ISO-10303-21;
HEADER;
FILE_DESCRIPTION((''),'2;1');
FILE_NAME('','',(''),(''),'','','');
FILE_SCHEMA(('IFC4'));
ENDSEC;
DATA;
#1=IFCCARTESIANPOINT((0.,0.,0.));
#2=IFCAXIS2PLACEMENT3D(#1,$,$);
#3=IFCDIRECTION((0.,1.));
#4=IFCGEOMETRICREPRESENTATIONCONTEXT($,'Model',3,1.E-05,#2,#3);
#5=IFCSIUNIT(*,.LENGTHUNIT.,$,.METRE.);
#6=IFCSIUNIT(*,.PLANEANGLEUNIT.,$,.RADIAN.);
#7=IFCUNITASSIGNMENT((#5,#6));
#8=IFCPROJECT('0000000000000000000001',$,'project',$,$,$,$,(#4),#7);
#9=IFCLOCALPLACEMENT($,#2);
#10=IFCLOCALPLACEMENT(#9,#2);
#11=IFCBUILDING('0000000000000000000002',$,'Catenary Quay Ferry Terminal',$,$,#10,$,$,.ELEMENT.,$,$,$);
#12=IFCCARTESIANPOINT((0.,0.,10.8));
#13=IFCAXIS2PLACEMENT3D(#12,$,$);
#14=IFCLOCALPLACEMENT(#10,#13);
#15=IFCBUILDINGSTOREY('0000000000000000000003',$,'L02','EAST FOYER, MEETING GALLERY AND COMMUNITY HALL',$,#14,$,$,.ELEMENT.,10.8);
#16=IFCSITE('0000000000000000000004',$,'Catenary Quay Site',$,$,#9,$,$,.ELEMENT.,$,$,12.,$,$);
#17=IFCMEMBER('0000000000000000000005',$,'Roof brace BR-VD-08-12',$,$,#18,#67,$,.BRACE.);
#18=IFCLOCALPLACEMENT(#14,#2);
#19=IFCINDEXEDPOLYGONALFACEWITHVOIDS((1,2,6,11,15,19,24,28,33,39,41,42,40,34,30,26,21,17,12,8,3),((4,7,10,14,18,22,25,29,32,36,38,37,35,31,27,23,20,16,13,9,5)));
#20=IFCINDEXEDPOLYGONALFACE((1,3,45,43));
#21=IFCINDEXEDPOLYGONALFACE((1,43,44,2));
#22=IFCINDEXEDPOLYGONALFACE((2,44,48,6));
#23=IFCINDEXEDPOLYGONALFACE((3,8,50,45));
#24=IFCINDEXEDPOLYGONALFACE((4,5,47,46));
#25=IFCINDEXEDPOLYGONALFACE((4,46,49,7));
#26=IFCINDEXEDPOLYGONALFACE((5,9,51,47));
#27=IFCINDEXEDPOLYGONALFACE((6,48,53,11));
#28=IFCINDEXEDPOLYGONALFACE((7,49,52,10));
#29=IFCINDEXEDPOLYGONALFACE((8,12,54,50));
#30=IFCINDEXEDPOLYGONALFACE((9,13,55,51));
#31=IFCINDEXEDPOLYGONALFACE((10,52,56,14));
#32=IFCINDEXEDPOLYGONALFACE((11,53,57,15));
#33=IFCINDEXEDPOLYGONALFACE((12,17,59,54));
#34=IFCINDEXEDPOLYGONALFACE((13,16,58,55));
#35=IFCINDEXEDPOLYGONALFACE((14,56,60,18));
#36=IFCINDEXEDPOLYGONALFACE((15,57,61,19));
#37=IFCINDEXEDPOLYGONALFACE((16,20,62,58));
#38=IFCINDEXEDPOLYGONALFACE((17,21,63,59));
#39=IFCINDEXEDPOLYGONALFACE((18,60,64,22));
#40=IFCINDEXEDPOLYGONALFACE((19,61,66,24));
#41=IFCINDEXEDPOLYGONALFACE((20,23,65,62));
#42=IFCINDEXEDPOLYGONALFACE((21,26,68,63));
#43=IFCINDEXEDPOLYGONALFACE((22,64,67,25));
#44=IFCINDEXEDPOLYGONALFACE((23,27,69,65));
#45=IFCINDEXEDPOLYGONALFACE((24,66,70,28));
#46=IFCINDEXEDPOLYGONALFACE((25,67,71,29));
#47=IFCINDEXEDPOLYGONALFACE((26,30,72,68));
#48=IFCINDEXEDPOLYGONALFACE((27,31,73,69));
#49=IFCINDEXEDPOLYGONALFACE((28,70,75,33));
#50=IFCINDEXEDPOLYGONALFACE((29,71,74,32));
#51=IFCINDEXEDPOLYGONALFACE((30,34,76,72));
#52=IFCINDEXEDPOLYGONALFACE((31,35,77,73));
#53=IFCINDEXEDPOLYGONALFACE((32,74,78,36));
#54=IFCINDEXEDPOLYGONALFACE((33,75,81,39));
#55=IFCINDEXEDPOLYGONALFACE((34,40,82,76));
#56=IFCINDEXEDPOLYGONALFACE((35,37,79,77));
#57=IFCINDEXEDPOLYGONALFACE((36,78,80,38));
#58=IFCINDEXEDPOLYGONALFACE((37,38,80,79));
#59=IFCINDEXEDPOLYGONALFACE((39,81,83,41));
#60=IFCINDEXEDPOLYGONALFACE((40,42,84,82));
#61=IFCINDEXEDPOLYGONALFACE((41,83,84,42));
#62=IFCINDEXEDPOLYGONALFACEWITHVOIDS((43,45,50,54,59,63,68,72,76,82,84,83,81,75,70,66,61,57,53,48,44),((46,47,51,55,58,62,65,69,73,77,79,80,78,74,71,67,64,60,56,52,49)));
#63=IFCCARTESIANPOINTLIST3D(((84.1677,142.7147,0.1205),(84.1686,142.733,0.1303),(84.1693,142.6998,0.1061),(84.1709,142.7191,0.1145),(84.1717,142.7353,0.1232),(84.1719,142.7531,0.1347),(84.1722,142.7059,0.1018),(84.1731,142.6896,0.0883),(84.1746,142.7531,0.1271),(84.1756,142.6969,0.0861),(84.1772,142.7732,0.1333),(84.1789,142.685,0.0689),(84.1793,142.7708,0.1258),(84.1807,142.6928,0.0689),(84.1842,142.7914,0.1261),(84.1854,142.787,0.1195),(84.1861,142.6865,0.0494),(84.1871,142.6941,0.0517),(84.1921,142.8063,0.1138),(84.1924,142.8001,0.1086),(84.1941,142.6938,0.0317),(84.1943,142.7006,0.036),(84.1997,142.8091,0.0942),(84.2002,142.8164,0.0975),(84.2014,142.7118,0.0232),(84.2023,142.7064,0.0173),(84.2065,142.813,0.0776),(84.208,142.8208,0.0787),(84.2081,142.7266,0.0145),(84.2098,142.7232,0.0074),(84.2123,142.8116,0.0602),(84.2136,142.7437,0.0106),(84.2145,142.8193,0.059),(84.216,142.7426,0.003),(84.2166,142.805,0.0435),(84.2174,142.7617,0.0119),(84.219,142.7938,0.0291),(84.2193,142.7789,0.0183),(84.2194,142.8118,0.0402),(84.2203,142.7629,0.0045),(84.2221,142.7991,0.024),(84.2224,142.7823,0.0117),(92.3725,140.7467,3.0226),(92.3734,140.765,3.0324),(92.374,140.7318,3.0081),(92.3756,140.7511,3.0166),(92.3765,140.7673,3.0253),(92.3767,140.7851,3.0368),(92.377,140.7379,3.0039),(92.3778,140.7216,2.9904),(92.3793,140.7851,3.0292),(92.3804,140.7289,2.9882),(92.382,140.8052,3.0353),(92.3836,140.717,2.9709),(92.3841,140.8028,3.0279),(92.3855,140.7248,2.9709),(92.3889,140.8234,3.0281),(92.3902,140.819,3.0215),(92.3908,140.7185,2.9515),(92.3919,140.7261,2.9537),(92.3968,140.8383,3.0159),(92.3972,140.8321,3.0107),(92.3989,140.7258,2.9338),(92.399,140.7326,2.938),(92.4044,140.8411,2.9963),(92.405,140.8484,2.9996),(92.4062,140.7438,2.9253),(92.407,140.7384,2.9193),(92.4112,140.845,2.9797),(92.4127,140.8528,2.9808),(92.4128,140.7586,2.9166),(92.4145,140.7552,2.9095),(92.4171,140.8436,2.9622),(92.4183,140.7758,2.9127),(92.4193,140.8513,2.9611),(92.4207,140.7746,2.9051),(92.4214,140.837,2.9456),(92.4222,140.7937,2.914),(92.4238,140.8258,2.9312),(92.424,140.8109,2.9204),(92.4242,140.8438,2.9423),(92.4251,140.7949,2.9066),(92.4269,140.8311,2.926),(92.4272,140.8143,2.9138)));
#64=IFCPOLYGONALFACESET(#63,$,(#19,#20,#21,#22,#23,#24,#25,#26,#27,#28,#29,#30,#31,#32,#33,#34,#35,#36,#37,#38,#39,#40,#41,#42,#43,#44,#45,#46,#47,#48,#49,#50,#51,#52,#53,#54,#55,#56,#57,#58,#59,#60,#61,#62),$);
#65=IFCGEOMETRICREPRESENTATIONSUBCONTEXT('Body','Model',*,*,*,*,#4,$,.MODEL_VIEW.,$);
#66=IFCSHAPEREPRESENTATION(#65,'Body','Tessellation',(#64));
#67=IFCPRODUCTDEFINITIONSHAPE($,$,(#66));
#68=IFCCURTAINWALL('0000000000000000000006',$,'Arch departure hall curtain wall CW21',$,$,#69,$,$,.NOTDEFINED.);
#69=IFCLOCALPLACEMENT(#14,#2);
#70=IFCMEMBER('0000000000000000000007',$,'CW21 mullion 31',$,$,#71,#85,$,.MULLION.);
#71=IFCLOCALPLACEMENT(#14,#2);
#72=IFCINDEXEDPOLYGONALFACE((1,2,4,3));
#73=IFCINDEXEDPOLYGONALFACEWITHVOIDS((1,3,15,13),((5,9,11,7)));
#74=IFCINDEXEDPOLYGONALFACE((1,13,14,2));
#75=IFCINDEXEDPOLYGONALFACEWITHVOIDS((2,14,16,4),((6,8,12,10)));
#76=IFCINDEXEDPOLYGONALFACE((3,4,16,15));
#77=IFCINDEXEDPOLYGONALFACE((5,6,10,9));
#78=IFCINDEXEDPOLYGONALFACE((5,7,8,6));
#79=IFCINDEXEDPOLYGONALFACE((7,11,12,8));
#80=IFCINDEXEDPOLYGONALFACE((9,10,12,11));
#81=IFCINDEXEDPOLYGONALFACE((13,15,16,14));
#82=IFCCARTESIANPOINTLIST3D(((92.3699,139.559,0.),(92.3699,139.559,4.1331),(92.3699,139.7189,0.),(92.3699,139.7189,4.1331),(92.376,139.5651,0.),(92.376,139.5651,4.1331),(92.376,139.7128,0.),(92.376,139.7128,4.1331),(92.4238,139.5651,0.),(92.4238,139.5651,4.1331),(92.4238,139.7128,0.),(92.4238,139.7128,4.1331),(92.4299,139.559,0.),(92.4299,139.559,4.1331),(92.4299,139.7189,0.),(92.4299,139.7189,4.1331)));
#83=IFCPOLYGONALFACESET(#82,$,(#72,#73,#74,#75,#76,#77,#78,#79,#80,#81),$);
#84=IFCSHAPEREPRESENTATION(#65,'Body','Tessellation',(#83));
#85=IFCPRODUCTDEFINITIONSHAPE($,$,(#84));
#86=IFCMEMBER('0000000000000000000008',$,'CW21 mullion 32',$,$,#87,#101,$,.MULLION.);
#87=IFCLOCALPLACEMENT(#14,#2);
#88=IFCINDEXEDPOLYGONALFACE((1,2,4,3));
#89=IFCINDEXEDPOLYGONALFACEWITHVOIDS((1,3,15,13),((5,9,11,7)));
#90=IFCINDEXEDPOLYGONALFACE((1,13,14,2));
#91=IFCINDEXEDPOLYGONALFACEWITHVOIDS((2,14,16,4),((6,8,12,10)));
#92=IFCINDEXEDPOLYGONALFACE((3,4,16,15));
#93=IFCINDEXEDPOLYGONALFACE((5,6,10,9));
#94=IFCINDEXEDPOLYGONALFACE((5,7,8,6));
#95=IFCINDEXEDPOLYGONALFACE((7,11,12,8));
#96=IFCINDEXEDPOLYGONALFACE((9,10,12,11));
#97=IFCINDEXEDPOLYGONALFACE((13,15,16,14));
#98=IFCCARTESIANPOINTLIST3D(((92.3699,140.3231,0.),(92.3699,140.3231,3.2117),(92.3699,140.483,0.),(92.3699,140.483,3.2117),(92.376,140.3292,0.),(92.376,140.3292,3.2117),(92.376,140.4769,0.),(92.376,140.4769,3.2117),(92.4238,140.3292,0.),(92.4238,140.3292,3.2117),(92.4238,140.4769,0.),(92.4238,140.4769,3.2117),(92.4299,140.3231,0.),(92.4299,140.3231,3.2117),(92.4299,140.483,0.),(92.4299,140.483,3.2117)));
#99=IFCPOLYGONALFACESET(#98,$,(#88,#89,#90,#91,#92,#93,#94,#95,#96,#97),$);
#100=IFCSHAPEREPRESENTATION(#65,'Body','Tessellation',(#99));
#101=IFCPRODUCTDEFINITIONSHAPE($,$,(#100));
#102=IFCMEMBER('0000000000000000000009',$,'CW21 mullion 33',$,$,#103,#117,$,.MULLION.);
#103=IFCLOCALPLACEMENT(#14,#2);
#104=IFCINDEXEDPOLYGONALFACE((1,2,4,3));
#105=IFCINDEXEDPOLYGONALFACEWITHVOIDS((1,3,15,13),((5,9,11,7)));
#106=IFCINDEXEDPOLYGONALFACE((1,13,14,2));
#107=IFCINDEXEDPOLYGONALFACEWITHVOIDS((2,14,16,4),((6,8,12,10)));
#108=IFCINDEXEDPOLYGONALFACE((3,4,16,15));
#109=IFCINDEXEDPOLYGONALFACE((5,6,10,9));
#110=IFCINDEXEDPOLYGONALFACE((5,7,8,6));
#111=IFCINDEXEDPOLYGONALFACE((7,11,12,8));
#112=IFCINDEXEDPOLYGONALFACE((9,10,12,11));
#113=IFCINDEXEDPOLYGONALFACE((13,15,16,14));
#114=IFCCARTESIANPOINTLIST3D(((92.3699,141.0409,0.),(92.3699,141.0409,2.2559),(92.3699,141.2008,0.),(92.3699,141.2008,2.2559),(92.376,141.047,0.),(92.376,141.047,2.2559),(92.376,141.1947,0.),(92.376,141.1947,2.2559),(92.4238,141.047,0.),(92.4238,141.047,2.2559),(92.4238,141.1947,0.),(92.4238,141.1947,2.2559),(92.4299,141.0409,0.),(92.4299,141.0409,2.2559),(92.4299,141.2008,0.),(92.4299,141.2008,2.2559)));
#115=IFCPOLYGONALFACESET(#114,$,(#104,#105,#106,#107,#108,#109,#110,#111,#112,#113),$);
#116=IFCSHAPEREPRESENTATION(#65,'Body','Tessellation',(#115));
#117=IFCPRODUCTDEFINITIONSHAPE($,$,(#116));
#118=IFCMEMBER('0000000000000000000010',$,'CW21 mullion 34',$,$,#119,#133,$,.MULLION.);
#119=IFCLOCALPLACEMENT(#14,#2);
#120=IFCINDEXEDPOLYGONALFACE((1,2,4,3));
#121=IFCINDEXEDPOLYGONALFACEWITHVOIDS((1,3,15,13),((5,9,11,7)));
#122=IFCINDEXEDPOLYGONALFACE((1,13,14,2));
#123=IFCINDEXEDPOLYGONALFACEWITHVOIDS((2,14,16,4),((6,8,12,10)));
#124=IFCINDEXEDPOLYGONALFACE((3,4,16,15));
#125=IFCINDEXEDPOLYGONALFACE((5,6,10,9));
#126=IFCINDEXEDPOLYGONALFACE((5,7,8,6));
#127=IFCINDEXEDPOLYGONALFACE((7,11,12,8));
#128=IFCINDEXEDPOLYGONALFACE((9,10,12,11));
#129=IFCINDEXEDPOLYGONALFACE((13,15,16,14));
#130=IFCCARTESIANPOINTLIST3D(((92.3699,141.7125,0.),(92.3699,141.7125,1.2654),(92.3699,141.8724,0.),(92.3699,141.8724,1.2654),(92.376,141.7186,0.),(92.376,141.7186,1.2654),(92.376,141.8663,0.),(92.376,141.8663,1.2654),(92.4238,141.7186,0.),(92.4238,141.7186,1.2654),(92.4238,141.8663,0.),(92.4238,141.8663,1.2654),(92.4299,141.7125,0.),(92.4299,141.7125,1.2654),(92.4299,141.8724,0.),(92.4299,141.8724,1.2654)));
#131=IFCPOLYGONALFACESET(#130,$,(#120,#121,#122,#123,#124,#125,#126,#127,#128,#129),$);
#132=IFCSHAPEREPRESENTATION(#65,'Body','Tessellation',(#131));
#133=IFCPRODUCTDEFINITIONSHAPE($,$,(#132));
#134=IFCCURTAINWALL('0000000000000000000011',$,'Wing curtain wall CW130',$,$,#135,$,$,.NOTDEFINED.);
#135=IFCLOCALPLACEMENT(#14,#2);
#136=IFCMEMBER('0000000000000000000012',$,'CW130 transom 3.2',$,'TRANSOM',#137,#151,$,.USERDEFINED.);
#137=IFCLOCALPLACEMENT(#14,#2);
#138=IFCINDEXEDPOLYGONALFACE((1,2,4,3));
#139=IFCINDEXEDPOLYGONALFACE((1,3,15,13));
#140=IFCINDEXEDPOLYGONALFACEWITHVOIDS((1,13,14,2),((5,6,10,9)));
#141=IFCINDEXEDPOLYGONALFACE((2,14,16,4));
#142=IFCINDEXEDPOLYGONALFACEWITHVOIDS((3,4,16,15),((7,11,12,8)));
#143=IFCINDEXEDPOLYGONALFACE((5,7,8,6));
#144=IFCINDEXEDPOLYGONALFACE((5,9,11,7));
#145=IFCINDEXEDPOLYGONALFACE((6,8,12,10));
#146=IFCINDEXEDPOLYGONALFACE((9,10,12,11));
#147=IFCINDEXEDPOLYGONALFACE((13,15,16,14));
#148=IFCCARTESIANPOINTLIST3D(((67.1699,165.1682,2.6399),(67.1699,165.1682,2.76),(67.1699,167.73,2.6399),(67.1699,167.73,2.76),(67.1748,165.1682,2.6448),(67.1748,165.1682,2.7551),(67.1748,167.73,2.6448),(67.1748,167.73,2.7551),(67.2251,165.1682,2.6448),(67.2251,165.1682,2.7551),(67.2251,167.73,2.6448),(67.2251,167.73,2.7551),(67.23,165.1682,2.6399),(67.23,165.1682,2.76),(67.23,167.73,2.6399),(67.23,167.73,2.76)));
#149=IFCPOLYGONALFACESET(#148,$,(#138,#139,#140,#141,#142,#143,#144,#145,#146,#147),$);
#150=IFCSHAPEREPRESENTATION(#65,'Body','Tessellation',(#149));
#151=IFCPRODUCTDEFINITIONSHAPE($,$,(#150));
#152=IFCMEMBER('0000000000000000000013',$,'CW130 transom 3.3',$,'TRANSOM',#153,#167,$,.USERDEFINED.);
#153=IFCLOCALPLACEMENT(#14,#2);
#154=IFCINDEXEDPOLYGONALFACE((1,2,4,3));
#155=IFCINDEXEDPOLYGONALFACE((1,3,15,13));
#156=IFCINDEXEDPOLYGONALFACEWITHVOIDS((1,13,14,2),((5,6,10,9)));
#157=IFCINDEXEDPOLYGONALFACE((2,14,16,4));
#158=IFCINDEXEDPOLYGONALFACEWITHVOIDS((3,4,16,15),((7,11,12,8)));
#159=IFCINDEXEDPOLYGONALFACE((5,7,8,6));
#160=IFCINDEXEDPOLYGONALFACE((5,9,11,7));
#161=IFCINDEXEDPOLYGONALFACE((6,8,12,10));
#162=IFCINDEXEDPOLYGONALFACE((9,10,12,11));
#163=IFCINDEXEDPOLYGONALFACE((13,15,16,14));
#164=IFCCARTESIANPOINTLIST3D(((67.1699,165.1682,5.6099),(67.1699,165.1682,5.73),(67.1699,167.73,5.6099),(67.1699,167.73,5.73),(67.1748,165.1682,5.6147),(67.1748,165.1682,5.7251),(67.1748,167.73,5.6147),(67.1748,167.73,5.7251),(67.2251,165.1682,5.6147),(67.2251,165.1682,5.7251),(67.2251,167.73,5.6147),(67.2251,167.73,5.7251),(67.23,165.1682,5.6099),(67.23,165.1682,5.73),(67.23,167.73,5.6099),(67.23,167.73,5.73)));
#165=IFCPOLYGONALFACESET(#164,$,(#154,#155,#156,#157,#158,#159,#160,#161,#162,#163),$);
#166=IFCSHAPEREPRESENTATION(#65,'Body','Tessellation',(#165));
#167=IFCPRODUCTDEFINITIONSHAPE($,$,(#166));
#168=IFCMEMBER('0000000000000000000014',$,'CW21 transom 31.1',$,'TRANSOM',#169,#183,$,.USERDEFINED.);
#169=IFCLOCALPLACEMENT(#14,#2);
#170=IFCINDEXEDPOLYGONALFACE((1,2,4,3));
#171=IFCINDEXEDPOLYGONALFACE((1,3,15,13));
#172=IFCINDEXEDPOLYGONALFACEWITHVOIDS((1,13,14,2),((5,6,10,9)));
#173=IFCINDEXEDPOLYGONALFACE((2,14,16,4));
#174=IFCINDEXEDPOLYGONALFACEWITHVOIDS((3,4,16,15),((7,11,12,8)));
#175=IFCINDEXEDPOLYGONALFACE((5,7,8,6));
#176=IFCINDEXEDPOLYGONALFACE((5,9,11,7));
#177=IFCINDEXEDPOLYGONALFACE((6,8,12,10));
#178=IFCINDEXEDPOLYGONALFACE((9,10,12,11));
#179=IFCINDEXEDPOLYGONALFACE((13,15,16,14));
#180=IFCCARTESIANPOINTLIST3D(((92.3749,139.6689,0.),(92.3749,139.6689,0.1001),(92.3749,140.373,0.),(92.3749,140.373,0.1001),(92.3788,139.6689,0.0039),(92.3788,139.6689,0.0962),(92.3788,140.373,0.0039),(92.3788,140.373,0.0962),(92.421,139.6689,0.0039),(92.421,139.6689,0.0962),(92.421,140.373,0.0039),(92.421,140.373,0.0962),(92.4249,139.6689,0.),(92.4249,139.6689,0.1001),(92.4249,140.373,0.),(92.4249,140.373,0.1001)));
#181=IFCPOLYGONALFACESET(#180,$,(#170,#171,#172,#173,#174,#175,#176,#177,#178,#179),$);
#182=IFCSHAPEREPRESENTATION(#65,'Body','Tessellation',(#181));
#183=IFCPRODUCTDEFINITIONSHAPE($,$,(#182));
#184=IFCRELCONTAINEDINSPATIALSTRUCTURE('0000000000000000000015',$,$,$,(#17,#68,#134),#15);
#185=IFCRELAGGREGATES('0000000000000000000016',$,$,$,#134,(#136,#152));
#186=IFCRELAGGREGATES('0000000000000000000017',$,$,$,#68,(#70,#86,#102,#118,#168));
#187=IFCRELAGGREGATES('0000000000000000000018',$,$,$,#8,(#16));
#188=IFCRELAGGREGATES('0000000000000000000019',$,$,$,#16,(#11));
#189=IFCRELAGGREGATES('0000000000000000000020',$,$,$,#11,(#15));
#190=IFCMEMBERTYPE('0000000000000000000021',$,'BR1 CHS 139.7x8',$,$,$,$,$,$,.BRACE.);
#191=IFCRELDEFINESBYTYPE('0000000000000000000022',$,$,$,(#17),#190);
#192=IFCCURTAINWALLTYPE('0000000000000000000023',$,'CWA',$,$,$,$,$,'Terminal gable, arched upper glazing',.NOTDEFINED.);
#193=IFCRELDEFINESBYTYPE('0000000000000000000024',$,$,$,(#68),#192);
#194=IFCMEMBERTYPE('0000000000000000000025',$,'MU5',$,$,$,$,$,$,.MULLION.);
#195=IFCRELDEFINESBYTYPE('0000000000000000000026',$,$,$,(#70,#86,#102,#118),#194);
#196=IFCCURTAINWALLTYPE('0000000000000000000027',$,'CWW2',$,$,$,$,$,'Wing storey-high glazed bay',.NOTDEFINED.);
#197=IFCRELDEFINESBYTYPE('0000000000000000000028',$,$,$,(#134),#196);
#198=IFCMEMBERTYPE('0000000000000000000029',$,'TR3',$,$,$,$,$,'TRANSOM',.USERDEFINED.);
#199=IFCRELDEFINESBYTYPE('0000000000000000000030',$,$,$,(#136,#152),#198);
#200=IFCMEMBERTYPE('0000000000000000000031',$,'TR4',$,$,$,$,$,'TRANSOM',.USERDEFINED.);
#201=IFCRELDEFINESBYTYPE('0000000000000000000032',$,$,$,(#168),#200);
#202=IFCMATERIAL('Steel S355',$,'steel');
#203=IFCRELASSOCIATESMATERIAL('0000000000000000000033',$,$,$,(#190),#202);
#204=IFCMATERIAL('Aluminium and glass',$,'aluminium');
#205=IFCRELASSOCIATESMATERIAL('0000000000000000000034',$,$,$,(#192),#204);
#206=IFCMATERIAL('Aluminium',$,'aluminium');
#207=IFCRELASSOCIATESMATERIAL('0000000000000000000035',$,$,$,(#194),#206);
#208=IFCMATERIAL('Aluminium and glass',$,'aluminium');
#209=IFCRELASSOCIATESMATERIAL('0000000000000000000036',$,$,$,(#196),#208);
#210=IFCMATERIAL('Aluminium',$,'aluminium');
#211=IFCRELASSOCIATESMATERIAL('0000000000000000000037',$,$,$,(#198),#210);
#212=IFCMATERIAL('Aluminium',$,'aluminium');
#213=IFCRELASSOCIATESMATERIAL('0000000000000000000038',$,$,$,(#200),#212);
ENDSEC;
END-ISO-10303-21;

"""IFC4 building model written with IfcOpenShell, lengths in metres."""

from ifc_helpers import new_model, si_unit, direction, frame, origin, origin_2d, place, context, subcontext, project, spatial, hollow_rectangle, hollow_circle, extrude, material, material_profile, profile_set, type_object, element, aggregate, save


model = new_model("IFC4")

# Units and contexts
model_context = context("Model", 3, precision=1e-05, world=origin(), true_north=direction((0.0, 1.0)))
body_context = subcontext(model_context, "Body", "Model", "MODEL_VIEW")
ifc_project = project(units=[si_unit("LENGTHUNIT", "METRE"), si_unit("PLANEANGLEUNIT", "RADIAN")], contexts=[model_context])

# Site, building, storey
site_placement = place(None, origin())
site = spatial("IfcSite", under=ifc_project, at=site_placement, Name="Catenary Quay Site", CompositionType="ELEMENT", RefElevation=12.0)
building_placement = place(site_placement, origin())
building = spatial("IfcBuilding", under=site, at=building_placement, Name="Catenary Quay Ferry Terminal", CompositionType="ELEMENT")
storey_placement = place(building_placement, frame((0.0, 0.0, 10.8)))
storey = spatial("IfcBuildingStorey", under=building, at=storey_placement, Name="L02", Description="EAST FOYER, MEETING GALLERY AND COMMUNITY HALL", CompositionType="ELEMENT", Elevation=10.8)

# Member
ifc_material_1 = material(Name="Steel S355", Category="steel")
ifc_material_profile_1 = material_profile(ifc_material_1, hollow_circle(Radius=0.0698, WallThickness=0.0081, at=origin_2d()), Name="CHS 139.7x8")
ifc_profile_set_1 = profile_set([ifc_material_profile_1], Name="Steel S355")
member_type_1 = type_object("IfcMemberType", Name="BR1 CHS 139.7x8", PredefinedType="BRACE", material=ifc_profile_set_1)
member_1_placement = place(storey_placement, frame((92.3999, 140.7849, 2.9709), z_axis=(-0.919546, 0.220563, -0.325249), x_axis=(-0.233245, -0.972418, 0.0)))
element("IfcMember", 1, at=member_1_placement, inside=storey, type_object=member_type_1, Name="Roof brace BR-VD-08-12", PredefinedType="BRACE", context=body_context, shape_type="SweptSolid", body=[
    extrude(hollow_circle(Radius=0.0698, WallThickness=0.0081, at=origin_2d()), origin(), (0.0, 0.0, 1.0), 8.9226),
])

# Curtain walls, members
ifc_material_2 = material(Name="Aluminium and glass", Category="aluminium")
curtain_wall_type_1 = type_object("IfcCurtainWallType", Name="CWA", ElementType="Terminal gable, arched upper glazing", PredefinedType="NOTDEFINED", material=ifc_material_2)
curtain_wall_1_placement = place(storey_placement, origin())
curtain_wall_1 = element("IfcCurtainWall", 2, at=curtain_wall_1_placement, inside=storey, type_object=curtain_wall_type_1, Name="Arch departure hall curtain wall CW21", PredefinedType="NOTDEFINED")
ifc_material_3 = material(Name="Aluminium", Category="aluminium")
ifc_material_profile_2 = material_profile(ifc_material_3, hollow_rectangle(XDim=0.0601, YDim=0.1599, WallThickness=0.0061, at=origin_2d()), Name="MU5")
ifc_profile_set_2 = profile_set([ifc_material_profile_2], Name="Aluminium")
member_type_2 = type_object("IfcMemberType", Name="MU5", PredefinedType="MULLION", material=ifc_profile_set_2)
member_2_placement = place(storey_placement, frame((92.3999, 139.6389, 0.0), z_axis=(0.0, 0.0, 1.0), x_axis=(-1.0, 0.0, 0.0)))
member_2 = element("IfcMember", 3, at=member_2_placement, type_object=member_type_2, Name="CW21 mullion 31", PredefinedType="MULLION", context=body_context, shape_type="SweptSolid", body=[
    extrude(hollow_rectangle(XDim=0.0601, YDim=0.1599, WallThickness=0.0061, at=origin_2d()), origin(), (0.0, 0.0, 1.0), 4.1331),
])
member_3_placement = place(storey_placement, frame((92.3999, 140.4031, 0.0), z_axis=(0.0, 0.0, 1.0), x_axis=(-1.0, 0.0, 0.0)))
member_3 = element("IfcMember", 4, at=member_3_placement, type_object=member_type_2, Name="CW21 mullion 32", PredefinedType="MULLION", context=body_context, shape_type="SweptSolid", body=[
    extrude(hollow_rectangle(XDim=0.0601, YDim=0.1599, WallThickness=0.0061, at=origin_2d()), origin(), (0.0, 0.0, 1.0), 3.2117),
])
member_4_placement = place(storey_placement, frame((92.3999, 141.1208, 0.0), z_axis=(0.0, 0.0, 1.0), x_axis=(-1.0, 0.0, 0.0)))
member_4 = element("IfcMember", 5, at=member_4_placement, type_object=member_type_2, Name="CW21 mullion 33", PredefinedType="MULLION", context=body_context, shape_type="SweptSolid", body=[
    extrude(hollow_rectangle(XDim=0.0601, YDim=0.1599, WallThickness=0.0061, at=origin_2d()), origin(), (0.0, 0.0, 1.0), 2.2559),
])
member_5_placement = place(storey_placement, frame((92.3999, 141.7925, 0.0), z_axis=(0.0, 0.0, 1.0), x_axis=(-1.0, 0.0, 0.0)))
member_5 = element("IfcMember", 6, at=member_5_placement, type_object=member_type_2, Name="CW21 mullion 34", PredefinedType="MULLION", context=body_context, shape_type="SweptSolid", body=[
    extrude(hollow_rectangle(XDim=0.0601, YDim=0.1599, WallThickness=0.0061, at=origin_2d()), origin(), (0.0, 0.0, 1.0), 1.2654),
])
ifc_material_4 = material(Name="Aluminium and glass", Category="aluminium")
curtain_wall_type_2 = type_object("IfcCurtainWallType", Name="CWW2", ElementType="Wing storey-high glazed bay", PredefinedType="NOTDEFINED", material=ifc_material_4)
curtain_wall_2_placement = place(storey_placement, origin())
curtain_wall_2 = element("IfcCurtainWall", 7, at=curtain_wall_2_placement, inside=storey, type_object=curtain_wall_type_2, Name="Wing curtain wall CW130", PredefinedType="NOTDEFINED")
ifc_material_5 = material(Name="Aluminium", Category="aluminium")
ifc_material_profile_3 = material_profile(ifc_material_5, hollow_rectangle(XDim=0.0601, YDim=0.1201, WallThickness=0.0049, at=origin_2d()), Name="TR3")
ifc_profile_set_3 = profile_set([ifc_material_profile_3], Name="Aluminium")
member_type_3 = type_object("IfcMemberType", Name="TR3", ElementType="TRANSOM", PredefinedType="USERDEFINED", material=ifc_profile_set_3)
member_6_placement = place(storey_placement, frame((67.2, 165.1682, 2.7), z_axis=(0.0, 1.0, 0.0), x_axis=(-1.0, 0.0, 0.0)))
member_6 = element("IfcMember", 8, at=member_6_placement, type_object=member_type_3, Name="CW130 transom 3.2", ObjectType="TRANSOM", PredefinedType="USERDEFINED", context=body_context, shape_type="SweptSolid", body=[
    extrude(hollow_rectangle(XDim=0.0601, YDim=0.1201, WallThickness=0.0049, at=origin_2d()), origin(), (0.0, 0.0, 1.0), 2.5618),
])
member_7_placement = place(storey_placement, frame((67.2, 165.1682, 5.6699), z_axis=(0.0, 1.0, 0.0), x_axis=(-1.0, 0.0, 0.0)))
member_7 = element("IfcMember", 9, at=member_7_placement, type_object=member_type_3, Name="CW130 transom 3.3", ObjectType="TRANSOM", PredefinedType="USERDEFINED", context=body_context, shape_type="SweptSolid", body=[
    extrude(hollow_rectangle(XDim=0.0601, YDim=0.1201, WallThickness=0.0049, at=origin_2d()), origin(), (0.0, 0.0, 1.0), 2.5618),
])
aggregate(curtain_wall_2, [member_6, member_7])

# Member
ifc_material_6 = material(Name="Aluminium", Category="aluminium")
ifc_material_profile_4 = material_profile(ifc_material_6, hollow_rectangle(XDim=0.05, YDim=0.1001, WallThickness=0.0039, at=origin_2d()), Name="TR4")
ifc_profile_set_4 = profile_set([ifc_material_profile_4], Name="Aluminium")
member_type_4 = type_object("IfcMemberType", Name="TR4", ElementType="TRANSOM", PredefinedType="USERDEFINED", material=ifc_profile_set_4)
member_8_placement = place(storey_placement, frame((92.3999, 139.6689, 0.05), z_axis=(0.0, 1.0, 0.0), x_axis=(-1.0, 0.0, 0.0)))
member_8 = element("IfcMember", 10, at=member_8_placement, type_object=member_type_4, Name="CW21 transom 31.1", ObjectType="TRANSOM", PredefinedType="USERDEFINED", context=body_context, shape_type="SweptSolid", body=[
    extrude(hollow_rectangle(XDim=0.05, YDim=0.1001, WallThickness=0.0039, at=origin_2d()), origin(), (0.0, 0.0, 1.0), 0.7041),
])

aggregate(curtain_wall_1, [member_2, member_3, member_4, member_5, member_8])

save(model, "model.ifc")
